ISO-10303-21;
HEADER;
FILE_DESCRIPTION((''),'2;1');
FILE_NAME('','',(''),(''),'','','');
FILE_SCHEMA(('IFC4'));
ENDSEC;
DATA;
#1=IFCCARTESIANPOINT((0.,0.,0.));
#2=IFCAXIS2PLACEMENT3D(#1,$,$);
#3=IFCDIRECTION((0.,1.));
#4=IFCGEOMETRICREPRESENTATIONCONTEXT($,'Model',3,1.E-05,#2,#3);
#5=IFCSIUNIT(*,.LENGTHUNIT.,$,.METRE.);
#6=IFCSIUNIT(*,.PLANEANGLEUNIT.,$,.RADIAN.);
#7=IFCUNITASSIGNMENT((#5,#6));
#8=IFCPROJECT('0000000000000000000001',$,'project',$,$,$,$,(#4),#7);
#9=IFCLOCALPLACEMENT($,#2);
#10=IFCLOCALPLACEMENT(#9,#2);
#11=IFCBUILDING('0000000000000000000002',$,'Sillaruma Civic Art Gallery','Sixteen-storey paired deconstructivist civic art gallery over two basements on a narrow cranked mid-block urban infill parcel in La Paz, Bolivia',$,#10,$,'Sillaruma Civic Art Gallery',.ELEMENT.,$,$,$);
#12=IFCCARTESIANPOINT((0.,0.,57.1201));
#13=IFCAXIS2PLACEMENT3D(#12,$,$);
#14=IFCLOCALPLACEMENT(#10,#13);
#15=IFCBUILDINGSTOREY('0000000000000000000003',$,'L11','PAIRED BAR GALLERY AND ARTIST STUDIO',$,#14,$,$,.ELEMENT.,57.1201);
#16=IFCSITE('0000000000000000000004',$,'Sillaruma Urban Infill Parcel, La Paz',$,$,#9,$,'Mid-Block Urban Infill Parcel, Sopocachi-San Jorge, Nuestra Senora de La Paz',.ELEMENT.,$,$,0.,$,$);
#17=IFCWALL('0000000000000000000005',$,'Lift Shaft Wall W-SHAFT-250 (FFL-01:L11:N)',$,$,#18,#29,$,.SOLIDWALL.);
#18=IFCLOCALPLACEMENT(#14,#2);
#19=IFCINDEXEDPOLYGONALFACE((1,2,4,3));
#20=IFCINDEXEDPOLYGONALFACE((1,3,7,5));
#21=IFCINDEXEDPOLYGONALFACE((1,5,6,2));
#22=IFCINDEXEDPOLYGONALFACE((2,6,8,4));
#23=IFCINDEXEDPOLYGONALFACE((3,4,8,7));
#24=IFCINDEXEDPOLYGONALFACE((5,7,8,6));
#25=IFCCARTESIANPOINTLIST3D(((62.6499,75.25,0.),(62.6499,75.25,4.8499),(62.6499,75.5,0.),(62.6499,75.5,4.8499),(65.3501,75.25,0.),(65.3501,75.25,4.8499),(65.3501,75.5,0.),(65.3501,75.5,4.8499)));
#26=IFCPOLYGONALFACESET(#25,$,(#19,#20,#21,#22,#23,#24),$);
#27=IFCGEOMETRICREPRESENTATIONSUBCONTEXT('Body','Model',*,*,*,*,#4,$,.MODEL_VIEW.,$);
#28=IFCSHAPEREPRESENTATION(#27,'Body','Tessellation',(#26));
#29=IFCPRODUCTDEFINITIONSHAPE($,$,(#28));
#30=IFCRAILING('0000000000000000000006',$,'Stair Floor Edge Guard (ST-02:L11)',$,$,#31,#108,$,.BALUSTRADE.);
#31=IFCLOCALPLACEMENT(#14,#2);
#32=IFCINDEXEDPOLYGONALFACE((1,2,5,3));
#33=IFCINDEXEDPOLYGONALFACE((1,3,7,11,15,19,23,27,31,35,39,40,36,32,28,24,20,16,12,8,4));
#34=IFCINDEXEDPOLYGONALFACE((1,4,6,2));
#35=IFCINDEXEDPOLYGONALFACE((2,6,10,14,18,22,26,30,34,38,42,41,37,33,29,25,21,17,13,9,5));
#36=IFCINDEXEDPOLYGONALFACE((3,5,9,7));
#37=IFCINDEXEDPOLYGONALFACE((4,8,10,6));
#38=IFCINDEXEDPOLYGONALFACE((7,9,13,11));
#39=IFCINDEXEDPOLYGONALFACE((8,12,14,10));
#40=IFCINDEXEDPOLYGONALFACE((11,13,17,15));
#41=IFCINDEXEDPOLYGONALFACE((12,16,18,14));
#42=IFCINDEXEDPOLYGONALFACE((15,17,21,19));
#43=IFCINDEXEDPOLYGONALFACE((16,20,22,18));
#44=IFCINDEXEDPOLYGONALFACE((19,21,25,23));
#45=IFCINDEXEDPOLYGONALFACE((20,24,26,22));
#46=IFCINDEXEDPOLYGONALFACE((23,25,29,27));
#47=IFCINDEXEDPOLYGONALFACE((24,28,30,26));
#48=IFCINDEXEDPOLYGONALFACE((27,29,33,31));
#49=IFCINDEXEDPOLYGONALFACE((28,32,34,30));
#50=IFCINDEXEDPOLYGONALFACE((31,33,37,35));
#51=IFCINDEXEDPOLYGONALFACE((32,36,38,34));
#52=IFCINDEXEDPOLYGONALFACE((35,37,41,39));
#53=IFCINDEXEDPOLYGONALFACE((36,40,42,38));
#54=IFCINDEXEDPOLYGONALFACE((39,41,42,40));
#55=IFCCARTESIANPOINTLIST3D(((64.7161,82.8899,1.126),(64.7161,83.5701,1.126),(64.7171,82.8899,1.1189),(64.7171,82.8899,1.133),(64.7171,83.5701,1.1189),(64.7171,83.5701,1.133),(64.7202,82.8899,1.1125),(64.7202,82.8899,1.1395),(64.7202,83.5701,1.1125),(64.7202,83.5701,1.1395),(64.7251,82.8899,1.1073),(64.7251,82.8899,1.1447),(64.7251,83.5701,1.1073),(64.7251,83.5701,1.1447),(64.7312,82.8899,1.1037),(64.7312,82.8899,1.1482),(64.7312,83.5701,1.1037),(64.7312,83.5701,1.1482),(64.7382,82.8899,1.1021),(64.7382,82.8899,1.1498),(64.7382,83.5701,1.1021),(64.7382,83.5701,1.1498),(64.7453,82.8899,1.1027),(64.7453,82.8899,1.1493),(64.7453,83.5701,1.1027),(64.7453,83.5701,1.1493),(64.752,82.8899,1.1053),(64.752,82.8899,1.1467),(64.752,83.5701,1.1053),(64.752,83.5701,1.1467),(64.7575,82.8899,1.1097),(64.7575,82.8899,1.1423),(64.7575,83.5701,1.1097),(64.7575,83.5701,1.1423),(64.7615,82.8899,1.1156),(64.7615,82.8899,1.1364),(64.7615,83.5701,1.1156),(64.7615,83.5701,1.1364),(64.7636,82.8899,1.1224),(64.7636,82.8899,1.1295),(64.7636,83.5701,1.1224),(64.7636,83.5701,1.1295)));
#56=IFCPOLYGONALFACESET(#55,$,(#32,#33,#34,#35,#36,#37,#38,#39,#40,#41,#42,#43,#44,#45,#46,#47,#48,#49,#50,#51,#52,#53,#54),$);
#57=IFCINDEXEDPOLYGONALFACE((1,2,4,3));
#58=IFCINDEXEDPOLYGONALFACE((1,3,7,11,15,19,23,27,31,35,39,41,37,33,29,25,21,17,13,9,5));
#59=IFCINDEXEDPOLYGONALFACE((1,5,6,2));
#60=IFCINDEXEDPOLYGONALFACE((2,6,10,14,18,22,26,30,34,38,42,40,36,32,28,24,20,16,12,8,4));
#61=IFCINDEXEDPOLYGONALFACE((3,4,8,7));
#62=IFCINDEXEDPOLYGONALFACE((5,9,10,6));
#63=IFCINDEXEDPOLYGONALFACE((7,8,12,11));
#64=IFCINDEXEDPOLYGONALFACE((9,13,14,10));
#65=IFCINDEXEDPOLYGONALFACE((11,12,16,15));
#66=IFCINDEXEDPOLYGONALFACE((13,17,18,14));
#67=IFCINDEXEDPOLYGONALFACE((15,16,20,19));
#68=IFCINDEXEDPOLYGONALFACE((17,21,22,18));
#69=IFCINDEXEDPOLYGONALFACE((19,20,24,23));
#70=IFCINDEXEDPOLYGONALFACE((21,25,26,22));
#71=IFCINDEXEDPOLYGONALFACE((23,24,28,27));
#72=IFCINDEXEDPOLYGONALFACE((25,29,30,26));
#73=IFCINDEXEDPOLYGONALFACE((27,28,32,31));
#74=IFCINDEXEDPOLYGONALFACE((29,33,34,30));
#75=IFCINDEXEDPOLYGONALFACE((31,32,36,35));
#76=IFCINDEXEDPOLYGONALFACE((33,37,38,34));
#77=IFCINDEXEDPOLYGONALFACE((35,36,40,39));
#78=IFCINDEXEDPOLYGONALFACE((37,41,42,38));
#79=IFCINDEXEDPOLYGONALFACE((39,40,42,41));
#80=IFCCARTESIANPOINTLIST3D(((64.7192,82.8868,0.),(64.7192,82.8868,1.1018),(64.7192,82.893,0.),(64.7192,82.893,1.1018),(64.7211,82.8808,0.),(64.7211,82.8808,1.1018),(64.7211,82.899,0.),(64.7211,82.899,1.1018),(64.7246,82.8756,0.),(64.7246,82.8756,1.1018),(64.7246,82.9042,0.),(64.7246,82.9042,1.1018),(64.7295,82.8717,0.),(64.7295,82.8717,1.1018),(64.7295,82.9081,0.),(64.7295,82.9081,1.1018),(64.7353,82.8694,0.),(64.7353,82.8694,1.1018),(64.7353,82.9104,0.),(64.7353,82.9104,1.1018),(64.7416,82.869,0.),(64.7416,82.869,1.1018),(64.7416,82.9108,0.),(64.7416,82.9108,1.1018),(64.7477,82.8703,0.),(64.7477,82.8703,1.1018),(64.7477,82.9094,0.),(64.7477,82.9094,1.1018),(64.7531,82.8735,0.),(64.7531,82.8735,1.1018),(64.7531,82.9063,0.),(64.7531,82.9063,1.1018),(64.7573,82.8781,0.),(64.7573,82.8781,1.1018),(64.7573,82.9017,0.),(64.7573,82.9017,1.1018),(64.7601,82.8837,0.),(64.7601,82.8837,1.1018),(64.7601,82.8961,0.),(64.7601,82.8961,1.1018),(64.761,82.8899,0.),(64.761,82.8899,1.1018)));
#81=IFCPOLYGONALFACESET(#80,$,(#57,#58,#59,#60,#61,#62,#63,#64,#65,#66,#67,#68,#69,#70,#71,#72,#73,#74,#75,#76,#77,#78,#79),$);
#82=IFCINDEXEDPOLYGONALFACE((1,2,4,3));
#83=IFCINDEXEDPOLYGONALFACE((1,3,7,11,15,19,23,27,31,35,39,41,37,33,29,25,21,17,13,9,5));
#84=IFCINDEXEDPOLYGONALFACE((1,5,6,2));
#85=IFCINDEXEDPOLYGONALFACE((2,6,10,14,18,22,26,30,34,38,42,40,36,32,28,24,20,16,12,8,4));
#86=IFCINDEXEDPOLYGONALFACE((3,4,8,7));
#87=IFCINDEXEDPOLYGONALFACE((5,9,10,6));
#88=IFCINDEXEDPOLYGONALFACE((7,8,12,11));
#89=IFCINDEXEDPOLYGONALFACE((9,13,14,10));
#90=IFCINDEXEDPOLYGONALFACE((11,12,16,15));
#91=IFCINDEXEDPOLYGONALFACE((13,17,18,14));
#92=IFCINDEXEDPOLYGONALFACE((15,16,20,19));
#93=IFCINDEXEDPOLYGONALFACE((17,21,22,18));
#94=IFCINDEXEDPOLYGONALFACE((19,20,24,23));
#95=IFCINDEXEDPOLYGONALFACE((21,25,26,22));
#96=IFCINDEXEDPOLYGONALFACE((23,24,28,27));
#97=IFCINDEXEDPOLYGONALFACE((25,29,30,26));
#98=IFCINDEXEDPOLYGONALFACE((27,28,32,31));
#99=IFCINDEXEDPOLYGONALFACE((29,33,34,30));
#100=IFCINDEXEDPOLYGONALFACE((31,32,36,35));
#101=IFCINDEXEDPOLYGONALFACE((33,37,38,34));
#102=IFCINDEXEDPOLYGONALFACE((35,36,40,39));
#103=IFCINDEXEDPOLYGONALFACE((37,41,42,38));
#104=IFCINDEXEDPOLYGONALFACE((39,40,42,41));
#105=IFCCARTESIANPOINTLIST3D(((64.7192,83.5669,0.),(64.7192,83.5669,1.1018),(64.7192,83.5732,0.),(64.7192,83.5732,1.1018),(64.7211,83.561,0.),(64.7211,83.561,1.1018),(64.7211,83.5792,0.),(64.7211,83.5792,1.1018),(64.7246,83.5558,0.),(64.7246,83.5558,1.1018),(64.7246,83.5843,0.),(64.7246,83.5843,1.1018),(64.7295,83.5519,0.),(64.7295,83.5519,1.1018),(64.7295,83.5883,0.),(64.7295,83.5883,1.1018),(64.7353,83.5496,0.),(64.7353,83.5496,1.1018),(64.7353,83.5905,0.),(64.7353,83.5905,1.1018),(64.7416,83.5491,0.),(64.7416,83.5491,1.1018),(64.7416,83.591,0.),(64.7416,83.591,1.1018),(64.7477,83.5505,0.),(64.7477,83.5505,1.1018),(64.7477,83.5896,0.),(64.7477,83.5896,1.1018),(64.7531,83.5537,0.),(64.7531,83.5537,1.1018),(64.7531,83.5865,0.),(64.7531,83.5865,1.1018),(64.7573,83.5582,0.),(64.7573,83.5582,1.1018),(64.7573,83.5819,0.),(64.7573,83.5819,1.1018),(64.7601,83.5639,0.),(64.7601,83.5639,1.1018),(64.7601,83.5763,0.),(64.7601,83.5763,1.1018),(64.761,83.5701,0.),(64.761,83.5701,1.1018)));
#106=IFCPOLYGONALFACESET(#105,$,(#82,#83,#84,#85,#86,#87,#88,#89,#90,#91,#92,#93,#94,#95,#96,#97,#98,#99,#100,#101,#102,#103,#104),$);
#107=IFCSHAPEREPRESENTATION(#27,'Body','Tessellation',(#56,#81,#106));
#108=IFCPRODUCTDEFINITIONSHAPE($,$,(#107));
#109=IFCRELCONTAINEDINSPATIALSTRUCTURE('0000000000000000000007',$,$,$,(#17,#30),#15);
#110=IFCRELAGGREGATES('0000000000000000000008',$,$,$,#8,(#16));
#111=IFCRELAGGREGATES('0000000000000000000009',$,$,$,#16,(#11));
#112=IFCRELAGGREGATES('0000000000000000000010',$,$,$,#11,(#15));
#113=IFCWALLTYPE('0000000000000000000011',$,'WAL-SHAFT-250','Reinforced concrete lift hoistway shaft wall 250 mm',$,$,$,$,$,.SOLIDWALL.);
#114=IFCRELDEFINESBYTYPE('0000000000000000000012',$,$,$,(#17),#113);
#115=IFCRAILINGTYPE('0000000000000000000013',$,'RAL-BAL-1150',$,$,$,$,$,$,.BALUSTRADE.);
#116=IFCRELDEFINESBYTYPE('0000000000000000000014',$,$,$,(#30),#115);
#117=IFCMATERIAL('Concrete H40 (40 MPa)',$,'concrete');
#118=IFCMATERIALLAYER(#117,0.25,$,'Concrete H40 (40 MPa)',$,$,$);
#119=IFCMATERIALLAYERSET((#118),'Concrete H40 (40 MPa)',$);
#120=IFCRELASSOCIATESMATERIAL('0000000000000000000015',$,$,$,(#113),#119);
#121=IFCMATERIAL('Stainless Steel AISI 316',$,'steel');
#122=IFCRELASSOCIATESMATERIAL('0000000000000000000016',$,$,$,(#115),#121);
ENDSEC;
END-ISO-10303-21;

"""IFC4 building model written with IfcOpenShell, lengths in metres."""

from ifc_helpers import new_model, si_unit, direction, frame, frame_2d, origin, origin_2d, place, context, subcontext, project, spatial, rectangle, circle, extrude, material, layer, layer_set, type_object, element, save


model = new_model("IFC4")

# Units and contexts
model_context = context("Model", 3, precision=1e-05, world=origin(), true_north=direction((0.0, 1.0)))
body_context = subcontext(model_context, "Body", "Model", "MODEL_VIEW")
ifc_project = project(units=[si_unit("LENGTHUNIT", "METRE"), si_unit("PLANEANGLEUNIT", "RADIAN")], contexts=[model_context])

# Site, building, storey
site_placement = place(None, origin())
site = spatial("IfcSite", under=ifc_project, at=site_placement, Name="Sillaruma Urban Infill Parcel, La Paz", LongName="Mid-Block Urban Infill Parcel, Sopocachi-San Jorge, Nuestra Senora de La Paz", CompositionType="ELEMENT", RefElevation=0.0)
building_placement = place(site_placement, origin())
building = spatial("IfcBuilding", under=site, at=building_placement, Name="Sillaruma Civic Art Gallery", Description="Sixteen-storey paired deconstructivist civic art gallery over two basements on a narrow cranked mid-block urban infill parcel in La Paz, Bolivia", LongName="Sillaruma Civic Art Gallery", CompositionType="ELEMENT")
storey_placement = place(building_placement, frame((0.0, 0.0, 57.1201)))
storey = spatial("IfcBuildingStorey", under=building, at=storey_placement, Name="L11", Description="PAIRED BAR GALLERY AND ARTIST STUDIO", CompositionType="ELEMENT", Elevation=57.1201)

# Shared definitions
ifc_material_1 = material(Name="Concrete H40 (40 MPa)", Category="concrete")

# Wall
ifc_layer_1 = layer(ifc_material_1, 0.25, Name="Concrete H40 (40 MPa)")
ifc_layer_set_1 = layer_set([ifc_layer_1], Name="Concrete H40 (40 MPa)")
wall_type_1 = type_object("IfcWallType", Name="WAL-SHAFT-250", Description="Reinforced concrete lift hoistway shaft wall 250 mm", PredefinedType="SOLIDWALL", material=ifc_layer_set_1)
wall_1_placement = place(storey_placement, frame((62.6499, 75.375, 0.0), z_axis=(0.0, 0.0, 1.0), x_axis=(1.0, 0.0, 0.0)))
element("IfcWall", 1, at=wall_1_placement, inside=storey, type_object=wall_type_1, Name="Lift Shaft Wall W-SHAFT-250 (FFL-01:L11:N)", PredefinedType="SOLIDWALL", context=body_context, shape_type="SweptSolid", body=[
    extrude(rectangle(XDim=2.7002, YDim=0.25, at=frame_2d((1.3501, 0.0))), origin(), (0.0, 0.0, 1.0), 4.8499),
])

# Railing
ifc_material_2 = material(Name="Stainless Steel AISI 316", Category="steel")
railing_type_1 = type_object("IfcRailingType", Name="RAL-BAL-1150", PredefinedType="BALUSTRADE", material=ifc_material_2)
railing_1_placement = place(storey_placement, frame((64.74, 82.8899, 0.0)))
element("IfcRailing", 2, at=railing_1_placement, inside=storey, type_object=railing_type_1, Name="Stair Floor Edge Guard (ST-02:L11)", PredefinedType="BALUSTRADE", context=body_context, shape_type="SweptSolid", body=[
    extrude(circle(Radius=0.0239, at=origin_2d()), frame((0.0, 0.0, 1.126), z_axis=(0.0, 1.0, 0.0), x_axis=(-1.0, 0.0, 0.0)), (0.0, 0.0, 1.0), 0.6802),
    extrude(circle(Radius=0.021, at=origin_2d()), origin(), (0.0, 0.0, 1.0), 1.1018),
    extrude(circle(Radius=0.021, at=origin_2d()), frame((0.0, 0.6802, 0.0)), (0.0, 0.0, 1.0), 1.1018),
])

save(model, "model.ifc")
